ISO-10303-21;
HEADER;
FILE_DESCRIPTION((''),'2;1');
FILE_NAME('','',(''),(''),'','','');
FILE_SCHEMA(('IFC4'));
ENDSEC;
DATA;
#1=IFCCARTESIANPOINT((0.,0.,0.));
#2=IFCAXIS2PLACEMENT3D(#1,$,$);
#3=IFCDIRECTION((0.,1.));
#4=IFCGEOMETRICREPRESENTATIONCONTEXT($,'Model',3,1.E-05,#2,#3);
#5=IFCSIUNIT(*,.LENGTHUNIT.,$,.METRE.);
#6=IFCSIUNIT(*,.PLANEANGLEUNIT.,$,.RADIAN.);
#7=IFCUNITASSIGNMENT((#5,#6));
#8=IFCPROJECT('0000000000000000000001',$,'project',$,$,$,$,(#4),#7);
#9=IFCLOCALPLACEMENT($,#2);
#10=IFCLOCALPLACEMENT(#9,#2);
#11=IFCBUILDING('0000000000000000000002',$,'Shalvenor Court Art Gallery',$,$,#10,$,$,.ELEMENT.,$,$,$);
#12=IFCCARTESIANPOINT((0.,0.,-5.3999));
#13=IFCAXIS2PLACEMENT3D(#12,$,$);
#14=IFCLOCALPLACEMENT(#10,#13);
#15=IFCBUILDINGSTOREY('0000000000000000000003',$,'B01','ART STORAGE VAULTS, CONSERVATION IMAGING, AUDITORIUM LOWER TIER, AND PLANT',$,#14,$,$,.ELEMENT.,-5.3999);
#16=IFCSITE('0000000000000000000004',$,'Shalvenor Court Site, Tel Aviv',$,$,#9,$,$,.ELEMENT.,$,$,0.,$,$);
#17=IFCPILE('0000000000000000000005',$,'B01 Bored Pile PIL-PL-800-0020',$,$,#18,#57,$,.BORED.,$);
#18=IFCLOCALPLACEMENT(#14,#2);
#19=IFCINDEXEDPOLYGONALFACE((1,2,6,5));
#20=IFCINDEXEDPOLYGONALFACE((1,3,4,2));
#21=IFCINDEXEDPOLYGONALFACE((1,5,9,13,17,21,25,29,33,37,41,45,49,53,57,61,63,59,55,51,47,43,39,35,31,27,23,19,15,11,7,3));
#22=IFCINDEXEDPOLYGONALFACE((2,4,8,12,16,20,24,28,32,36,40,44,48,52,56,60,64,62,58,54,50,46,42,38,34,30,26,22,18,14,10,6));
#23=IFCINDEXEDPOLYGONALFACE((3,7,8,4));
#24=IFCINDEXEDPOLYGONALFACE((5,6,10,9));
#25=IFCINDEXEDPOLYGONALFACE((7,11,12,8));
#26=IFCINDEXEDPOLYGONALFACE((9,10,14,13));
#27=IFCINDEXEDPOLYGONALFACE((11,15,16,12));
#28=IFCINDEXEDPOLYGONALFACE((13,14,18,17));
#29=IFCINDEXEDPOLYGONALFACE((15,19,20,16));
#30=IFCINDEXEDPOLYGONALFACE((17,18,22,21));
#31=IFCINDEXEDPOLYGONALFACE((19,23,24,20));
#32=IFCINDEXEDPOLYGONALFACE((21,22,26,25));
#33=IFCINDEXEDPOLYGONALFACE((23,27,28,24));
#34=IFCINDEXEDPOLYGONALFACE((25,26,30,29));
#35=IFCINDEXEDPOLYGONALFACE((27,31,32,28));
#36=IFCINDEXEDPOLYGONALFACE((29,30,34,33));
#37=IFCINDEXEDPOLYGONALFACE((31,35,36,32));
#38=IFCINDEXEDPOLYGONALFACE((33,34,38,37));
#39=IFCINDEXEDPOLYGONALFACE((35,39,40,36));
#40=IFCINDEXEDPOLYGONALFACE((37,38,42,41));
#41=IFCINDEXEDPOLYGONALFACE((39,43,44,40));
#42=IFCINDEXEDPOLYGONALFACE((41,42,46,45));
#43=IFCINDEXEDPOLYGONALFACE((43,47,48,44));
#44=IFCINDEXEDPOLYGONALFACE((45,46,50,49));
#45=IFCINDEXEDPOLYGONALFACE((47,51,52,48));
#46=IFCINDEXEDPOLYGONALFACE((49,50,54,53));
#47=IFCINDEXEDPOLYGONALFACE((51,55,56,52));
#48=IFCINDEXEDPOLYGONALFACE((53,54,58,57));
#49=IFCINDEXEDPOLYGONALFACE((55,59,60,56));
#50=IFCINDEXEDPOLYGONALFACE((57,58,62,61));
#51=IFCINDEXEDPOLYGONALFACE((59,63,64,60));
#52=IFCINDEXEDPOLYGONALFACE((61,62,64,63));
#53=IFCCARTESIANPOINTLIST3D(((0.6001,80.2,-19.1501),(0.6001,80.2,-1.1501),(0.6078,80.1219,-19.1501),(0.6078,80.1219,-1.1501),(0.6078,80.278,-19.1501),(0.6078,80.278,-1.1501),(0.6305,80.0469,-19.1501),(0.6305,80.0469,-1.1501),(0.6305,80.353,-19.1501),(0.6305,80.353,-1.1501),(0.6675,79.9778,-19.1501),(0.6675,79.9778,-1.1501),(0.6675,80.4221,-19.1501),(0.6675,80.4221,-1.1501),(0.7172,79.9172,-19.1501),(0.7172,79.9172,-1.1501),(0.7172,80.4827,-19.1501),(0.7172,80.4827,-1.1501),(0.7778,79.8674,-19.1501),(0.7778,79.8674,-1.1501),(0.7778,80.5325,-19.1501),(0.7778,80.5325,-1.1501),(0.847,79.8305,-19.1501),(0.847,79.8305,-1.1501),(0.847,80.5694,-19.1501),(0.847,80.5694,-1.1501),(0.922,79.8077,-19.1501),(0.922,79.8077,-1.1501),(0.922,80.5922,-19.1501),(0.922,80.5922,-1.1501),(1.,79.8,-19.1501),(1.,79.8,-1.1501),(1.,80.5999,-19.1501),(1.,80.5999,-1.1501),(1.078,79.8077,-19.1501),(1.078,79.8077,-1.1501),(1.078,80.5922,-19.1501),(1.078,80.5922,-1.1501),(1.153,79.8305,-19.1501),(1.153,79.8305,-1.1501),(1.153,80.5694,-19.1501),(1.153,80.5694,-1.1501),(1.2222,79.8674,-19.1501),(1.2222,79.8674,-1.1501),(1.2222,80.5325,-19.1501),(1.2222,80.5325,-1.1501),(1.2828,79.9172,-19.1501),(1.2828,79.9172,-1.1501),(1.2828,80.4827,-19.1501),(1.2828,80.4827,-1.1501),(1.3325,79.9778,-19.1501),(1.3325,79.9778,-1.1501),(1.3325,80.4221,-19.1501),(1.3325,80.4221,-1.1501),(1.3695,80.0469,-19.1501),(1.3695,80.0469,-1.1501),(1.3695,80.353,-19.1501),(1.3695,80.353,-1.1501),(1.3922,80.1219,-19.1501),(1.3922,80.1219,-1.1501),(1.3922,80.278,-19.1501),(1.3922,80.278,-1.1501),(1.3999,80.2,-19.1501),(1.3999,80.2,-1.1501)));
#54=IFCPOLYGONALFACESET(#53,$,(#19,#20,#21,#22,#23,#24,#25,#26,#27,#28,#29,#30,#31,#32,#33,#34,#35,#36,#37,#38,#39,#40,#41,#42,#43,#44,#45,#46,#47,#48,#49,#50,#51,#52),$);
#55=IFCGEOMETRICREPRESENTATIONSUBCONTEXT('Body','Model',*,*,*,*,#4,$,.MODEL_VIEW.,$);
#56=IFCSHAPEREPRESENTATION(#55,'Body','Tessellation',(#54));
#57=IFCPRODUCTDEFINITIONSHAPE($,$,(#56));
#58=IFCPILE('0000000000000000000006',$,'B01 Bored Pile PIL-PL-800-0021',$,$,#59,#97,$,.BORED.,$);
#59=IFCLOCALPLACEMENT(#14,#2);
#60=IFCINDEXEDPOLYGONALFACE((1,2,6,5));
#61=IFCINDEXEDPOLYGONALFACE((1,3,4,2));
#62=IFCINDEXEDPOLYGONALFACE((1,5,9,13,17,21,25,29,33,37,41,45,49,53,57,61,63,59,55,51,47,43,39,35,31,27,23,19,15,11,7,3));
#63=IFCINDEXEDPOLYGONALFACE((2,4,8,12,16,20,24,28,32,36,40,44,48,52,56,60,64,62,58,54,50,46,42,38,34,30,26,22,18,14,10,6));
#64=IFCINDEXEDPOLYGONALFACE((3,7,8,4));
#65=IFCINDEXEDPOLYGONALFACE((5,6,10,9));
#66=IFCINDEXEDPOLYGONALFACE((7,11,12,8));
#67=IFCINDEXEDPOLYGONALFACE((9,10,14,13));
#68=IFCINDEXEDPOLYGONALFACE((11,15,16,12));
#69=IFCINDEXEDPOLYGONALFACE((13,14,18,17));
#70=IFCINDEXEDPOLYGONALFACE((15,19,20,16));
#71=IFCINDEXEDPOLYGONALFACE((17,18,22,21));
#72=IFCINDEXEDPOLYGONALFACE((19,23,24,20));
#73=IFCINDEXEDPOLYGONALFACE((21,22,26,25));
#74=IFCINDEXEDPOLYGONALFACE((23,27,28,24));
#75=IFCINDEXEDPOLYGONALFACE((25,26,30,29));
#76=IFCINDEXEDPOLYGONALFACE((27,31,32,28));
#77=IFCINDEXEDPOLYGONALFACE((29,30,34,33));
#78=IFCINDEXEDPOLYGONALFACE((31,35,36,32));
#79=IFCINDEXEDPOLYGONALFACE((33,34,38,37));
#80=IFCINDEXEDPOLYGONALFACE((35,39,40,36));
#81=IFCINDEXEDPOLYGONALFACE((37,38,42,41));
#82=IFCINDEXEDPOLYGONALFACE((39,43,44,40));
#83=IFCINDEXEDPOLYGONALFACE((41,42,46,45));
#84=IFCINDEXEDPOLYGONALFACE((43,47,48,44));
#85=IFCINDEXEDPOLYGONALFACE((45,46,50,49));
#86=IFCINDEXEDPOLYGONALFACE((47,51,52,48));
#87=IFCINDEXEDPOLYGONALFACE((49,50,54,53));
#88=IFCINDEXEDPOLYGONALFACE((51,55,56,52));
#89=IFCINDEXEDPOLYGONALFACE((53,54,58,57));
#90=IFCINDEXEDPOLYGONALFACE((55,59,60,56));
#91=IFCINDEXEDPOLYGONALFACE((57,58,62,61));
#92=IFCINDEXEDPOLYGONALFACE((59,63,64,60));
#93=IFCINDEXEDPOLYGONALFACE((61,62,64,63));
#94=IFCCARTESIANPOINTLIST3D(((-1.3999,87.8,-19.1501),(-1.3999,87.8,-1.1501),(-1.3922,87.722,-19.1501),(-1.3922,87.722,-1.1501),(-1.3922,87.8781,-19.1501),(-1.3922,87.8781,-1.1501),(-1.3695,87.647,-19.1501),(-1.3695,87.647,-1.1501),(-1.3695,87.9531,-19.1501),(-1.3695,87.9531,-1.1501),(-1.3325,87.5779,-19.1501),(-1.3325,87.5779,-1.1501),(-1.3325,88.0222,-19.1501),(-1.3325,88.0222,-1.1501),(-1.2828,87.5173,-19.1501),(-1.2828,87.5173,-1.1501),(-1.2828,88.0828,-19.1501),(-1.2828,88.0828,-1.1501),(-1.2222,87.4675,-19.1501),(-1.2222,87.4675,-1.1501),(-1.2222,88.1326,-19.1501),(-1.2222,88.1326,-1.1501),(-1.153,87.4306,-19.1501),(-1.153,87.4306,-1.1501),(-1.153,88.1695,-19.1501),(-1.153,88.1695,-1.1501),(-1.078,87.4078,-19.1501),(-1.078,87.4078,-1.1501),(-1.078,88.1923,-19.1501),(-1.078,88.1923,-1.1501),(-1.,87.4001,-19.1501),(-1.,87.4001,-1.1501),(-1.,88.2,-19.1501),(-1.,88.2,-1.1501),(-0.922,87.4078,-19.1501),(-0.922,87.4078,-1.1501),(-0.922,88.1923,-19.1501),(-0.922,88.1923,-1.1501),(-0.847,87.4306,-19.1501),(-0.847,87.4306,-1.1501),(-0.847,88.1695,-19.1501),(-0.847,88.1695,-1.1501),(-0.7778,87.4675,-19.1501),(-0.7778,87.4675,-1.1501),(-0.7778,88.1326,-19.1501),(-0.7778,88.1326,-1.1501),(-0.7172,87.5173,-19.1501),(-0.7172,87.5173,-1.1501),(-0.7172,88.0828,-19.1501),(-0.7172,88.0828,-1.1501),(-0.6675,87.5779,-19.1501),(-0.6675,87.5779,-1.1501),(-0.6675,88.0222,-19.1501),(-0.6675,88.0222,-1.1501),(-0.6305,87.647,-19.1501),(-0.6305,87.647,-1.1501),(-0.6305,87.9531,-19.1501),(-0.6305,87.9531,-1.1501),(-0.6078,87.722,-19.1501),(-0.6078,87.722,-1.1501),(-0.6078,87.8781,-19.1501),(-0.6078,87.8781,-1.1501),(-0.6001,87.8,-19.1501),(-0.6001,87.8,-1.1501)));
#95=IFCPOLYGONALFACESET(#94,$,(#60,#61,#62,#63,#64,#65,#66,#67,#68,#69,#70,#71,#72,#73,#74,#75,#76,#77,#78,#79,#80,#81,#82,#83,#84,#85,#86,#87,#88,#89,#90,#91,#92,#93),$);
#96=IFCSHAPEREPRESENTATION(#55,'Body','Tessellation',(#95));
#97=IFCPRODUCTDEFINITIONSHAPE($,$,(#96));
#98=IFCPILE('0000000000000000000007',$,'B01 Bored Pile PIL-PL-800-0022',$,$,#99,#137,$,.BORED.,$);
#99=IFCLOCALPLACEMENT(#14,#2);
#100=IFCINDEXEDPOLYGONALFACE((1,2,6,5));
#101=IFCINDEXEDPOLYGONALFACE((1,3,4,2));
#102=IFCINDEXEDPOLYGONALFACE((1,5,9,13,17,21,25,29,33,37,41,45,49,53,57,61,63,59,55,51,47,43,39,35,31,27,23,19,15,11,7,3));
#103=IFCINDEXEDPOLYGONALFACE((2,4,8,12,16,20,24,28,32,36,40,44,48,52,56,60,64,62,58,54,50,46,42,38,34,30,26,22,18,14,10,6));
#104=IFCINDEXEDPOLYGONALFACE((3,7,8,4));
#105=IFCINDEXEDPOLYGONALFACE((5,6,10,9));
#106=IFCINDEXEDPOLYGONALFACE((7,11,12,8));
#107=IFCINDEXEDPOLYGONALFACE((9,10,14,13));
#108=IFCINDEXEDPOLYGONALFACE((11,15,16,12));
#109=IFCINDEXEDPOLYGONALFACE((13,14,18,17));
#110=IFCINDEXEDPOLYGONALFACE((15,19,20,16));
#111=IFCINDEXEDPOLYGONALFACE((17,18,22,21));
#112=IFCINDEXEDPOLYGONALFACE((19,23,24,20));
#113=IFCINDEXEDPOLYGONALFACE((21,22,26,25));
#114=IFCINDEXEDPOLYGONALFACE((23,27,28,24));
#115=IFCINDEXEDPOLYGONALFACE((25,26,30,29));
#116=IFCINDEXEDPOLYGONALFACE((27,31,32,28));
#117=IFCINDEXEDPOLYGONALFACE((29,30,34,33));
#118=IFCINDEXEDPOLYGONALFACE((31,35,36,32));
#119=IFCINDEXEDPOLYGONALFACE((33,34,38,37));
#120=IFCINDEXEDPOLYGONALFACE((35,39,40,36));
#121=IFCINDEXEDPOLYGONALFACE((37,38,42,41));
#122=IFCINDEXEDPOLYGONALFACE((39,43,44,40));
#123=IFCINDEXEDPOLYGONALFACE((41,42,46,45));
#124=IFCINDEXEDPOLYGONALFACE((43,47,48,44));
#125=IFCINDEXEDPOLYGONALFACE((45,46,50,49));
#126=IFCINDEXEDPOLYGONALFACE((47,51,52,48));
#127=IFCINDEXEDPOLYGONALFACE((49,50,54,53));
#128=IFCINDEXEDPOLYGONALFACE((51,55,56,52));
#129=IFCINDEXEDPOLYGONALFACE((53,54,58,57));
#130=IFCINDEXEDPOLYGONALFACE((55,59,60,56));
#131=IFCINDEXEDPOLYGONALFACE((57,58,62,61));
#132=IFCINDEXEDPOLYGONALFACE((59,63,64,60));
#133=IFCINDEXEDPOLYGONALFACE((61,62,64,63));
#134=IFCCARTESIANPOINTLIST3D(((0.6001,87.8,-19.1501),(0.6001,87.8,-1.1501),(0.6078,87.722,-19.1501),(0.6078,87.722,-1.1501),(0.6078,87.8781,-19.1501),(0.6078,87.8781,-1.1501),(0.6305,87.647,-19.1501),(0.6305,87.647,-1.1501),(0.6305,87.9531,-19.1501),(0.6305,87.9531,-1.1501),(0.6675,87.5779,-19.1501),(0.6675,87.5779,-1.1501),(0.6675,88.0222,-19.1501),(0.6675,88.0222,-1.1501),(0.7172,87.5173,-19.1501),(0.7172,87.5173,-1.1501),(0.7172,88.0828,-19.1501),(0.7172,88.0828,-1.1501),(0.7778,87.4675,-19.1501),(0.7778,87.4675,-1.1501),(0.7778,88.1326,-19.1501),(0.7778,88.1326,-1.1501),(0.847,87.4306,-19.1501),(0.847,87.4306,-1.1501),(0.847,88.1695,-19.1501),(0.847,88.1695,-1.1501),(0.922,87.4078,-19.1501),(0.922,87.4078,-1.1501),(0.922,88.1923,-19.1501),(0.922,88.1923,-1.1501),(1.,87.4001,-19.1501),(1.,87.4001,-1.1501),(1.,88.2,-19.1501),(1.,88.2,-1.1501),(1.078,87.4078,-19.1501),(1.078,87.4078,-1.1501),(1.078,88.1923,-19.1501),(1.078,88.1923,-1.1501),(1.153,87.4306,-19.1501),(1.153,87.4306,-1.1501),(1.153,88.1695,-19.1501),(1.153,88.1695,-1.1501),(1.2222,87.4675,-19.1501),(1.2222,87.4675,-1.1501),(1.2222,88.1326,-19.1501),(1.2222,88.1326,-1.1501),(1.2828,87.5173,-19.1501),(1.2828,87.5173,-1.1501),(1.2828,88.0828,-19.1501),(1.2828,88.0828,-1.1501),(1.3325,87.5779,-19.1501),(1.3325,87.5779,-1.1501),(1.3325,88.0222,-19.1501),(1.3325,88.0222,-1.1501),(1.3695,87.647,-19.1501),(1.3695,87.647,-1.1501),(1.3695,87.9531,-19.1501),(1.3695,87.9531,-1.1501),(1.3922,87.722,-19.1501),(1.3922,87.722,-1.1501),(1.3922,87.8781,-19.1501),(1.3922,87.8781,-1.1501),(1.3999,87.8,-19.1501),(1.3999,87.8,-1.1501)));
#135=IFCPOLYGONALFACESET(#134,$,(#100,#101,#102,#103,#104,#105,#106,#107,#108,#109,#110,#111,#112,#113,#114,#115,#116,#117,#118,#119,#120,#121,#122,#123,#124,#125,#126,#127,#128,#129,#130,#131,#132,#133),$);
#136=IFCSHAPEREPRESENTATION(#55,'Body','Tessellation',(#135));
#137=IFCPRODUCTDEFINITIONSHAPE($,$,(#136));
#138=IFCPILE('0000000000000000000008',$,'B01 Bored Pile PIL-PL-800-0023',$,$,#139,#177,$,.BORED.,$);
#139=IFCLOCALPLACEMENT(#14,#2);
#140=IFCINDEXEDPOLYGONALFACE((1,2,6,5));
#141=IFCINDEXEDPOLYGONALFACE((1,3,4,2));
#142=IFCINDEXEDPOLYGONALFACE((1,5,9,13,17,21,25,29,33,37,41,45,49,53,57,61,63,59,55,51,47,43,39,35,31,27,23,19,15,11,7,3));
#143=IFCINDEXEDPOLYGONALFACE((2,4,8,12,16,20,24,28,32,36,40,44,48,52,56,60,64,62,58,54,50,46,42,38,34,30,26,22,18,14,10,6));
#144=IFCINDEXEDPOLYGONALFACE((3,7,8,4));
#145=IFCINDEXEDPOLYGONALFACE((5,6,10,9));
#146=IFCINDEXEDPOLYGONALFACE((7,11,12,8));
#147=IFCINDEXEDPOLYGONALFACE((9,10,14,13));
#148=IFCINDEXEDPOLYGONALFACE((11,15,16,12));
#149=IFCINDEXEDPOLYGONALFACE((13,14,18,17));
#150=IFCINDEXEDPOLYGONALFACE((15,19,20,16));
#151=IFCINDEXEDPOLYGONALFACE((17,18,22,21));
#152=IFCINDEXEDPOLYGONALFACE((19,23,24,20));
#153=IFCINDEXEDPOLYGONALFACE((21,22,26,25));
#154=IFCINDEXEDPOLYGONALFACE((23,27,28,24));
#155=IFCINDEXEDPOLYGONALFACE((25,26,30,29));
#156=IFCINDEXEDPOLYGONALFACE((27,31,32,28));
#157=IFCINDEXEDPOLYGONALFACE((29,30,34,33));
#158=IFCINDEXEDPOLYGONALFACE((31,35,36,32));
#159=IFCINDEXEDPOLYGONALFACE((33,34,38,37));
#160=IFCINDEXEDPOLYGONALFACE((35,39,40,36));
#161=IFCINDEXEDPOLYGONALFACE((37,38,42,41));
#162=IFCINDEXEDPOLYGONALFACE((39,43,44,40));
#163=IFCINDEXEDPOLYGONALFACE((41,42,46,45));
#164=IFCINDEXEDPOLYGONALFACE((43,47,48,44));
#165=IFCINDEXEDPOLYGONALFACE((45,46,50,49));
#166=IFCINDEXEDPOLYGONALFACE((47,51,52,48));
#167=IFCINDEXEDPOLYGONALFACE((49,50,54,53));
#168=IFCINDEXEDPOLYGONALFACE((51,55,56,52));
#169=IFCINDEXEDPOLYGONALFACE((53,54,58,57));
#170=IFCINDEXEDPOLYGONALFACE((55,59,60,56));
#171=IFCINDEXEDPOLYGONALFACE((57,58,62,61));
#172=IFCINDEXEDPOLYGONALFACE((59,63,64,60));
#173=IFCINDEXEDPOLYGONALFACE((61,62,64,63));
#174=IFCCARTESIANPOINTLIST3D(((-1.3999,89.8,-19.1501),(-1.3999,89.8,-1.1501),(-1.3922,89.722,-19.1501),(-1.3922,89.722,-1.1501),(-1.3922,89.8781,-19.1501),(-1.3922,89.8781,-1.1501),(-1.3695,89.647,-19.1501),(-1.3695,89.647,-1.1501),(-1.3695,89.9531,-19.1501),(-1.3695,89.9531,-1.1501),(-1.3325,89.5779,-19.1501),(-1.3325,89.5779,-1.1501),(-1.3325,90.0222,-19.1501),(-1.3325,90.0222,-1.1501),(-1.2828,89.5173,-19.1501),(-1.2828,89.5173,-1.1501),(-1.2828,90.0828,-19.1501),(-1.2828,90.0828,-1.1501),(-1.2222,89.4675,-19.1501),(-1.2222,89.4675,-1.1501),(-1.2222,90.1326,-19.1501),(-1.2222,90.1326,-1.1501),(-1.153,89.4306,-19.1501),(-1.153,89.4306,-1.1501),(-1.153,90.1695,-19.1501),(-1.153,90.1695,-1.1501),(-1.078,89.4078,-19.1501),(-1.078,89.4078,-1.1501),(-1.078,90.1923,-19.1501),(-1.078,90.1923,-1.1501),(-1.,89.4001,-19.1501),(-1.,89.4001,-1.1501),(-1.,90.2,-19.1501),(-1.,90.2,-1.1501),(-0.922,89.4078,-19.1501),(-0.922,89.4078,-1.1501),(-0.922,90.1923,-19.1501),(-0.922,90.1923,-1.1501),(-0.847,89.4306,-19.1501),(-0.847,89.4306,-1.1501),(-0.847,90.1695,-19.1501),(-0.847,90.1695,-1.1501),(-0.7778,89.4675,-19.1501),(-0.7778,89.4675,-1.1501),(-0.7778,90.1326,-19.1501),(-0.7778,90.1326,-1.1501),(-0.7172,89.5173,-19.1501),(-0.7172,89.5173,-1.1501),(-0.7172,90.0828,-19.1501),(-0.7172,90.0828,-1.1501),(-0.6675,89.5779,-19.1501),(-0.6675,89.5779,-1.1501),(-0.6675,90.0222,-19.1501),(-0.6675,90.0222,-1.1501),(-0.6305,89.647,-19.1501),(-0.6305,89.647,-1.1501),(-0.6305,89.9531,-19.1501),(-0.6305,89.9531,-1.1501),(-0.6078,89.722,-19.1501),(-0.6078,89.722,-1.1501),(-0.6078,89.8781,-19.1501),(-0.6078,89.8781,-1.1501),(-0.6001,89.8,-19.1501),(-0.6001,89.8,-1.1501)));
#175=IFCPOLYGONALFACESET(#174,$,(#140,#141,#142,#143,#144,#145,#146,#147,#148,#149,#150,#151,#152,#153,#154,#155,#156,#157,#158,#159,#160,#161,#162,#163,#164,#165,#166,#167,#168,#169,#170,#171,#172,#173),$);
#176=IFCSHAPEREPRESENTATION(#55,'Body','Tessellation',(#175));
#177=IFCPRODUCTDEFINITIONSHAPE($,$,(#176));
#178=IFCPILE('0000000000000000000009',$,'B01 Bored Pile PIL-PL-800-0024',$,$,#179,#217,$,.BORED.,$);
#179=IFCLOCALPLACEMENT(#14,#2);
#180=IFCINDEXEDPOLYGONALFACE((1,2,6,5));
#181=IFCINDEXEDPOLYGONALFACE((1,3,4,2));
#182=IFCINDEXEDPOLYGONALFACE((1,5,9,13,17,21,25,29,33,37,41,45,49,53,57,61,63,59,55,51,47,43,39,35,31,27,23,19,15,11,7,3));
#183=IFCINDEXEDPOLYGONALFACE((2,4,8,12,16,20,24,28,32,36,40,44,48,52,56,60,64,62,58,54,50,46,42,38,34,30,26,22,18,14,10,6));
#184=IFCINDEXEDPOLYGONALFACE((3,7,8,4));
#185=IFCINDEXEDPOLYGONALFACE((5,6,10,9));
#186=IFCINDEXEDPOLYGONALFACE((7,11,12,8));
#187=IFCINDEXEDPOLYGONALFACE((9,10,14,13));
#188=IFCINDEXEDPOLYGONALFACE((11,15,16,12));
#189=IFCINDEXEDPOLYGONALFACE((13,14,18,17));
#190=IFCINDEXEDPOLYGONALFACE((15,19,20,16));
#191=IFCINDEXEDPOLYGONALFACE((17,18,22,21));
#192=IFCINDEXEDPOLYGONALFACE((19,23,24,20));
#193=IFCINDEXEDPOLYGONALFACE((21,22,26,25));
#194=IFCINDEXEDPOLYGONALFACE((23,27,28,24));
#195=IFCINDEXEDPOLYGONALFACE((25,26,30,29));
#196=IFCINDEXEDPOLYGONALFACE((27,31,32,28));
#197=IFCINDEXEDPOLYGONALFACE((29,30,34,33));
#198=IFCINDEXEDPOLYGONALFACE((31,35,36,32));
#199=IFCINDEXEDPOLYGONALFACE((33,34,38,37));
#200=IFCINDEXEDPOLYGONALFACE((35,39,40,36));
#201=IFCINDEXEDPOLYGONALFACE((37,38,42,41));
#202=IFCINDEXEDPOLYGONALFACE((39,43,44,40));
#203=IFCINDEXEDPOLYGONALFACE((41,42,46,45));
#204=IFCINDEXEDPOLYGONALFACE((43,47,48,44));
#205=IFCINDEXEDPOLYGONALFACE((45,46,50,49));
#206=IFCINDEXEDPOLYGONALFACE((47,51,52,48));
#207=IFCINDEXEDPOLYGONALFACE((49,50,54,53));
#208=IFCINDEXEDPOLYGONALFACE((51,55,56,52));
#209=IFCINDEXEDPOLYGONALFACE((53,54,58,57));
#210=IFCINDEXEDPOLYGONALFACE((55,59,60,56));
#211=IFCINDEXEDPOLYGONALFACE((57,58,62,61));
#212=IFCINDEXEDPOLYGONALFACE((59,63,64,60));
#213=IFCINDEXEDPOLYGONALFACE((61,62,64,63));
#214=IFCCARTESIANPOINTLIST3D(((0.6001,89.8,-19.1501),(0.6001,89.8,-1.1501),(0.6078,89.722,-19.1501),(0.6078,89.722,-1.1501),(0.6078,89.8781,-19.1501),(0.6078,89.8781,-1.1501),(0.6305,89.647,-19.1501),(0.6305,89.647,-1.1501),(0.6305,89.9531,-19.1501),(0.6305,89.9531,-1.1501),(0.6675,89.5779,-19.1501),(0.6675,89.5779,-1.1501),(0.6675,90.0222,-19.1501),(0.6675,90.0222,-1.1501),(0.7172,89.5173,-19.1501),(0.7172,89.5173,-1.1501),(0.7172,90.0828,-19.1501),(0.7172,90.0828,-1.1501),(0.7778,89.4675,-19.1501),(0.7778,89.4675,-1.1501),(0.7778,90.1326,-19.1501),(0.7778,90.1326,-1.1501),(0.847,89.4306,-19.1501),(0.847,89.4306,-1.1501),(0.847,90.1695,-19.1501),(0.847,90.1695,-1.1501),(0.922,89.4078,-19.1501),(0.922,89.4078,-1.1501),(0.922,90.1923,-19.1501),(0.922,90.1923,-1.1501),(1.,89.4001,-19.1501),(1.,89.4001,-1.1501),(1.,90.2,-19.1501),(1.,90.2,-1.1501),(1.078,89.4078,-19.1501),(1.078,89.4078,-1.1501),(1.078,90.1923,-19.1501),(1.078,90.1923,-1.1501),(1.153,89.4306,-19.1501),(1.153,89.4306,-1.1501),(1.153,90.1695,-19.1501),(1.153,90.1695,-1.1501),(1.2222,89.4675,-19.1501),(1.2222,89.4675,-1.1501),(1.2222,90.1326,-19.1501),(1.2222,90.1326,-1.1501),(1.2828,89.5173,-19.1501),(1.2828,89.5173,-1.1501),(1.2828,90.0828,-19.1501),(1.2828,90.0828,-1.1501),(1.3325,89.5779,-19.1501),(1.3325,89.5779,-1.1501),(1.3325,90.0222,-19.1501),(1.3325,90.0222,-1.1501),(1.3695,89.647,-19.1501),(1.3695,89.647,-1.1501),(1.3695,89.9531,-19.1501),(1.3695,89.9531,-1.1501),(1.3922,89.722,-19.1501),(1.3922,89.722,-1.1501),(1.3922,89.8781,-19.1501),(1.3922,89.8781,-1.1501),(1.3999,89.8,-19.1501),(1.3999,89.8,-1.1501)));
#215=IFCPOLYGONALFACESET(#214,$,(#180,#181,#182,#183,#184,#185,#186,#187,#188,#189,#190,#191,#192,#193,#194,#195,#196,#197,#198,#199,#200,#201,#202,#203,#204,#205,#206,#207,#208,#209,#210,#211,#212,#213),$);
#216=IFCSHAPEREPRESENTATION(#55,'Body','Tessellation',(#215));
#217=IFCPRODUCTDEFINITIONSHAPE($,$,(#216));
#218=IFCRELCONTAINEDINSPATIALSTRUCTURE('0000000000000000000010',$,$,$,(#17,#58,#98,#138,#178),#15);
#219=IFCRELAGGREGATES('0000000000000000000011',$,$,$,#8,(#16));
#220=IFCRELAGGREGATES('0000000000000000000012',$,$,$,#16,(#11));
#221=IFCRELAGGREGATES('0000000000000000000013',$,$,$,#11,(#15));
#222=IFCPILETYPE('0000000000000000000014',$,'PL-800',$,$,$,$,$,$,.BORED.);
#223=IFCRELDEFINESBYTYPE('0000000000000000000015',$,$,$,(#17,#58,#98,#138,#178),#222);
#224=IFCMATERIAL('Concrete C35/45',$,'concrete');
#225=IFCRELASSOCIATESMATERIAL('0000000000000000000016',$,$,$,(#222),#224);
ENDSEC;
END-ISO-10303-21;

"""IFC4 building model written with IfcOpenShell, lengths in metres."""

from ifc_helpers import new_model, si_unit, direction, frame, origin, origin_2d, place, context, subcontext, project, spatial, circle, extrude, material, material_profile, profile_set, type_object, element, save


model = new_model("IFC4")

# Units and contexts
model_context = context("Model", 3, precision=1e-05, world=origin(), true_north=direction((0.0, 1.0)))
body_context = subcontext(model_context, "Body", "Model", "MODEL_VIEW")
ifc_project = project(units=[si_unit("LENGTHUNIT", "METRE"), si_unit("PLANEANGLEUNIT", "RADIAN")], contexts=[model_context])

# Site, building, storey
site_placement = place(None, origin())
site = spatial("IfcSite", under=ifc_project, at=site_placement, Name="Shalvenor Court Site, Tel Aviv", CompositionType="ELEMENT", RefElevation=0.0)
building_placement = place(site_placement, origin())
building = spatial("IfcBuilding", under=site, at=building_placement, Name="Shalvenor Court Art Gallery", CompositionType="ELEMENT")
storey_placement = place(building_placement, frame((0.0, 0.0, -5.3999)))
storey = spatial("IfcBuildingStorey", under=building, at=storey_placement, Name="B01", Description="ART STORAGE VAULTS, CONSERVATION IMAGING, AUDITORIUM LOWER TIER, AND PLANT", CompositionType="ELEMENT", Elevation=-5.3999)

# Piles
ifc_material_1 = material(Name="Concrete C35/45", Category="concrete")
ifc_material_profile_1 = material_profile(ifc_material_1, circle(Radius=0.3999, at=origin_2d()), Name="PILE 800")
ifc_profile_set_1 = profile_set([ifc_material_profile_1], Name="Concrete C35/45")
pile_type_1 = type_object("IfcPileType", Name="PL-800", PredefinedType="BORED", material=ifc_profile_set_1)
for number, where, z_axis, x_axis, name in (
    (1, (1.0, 80.2, -1.1501), (0.0, 0.0, -1.0), (1.0, 0.0, 0.0), "B01 Bored Pile PIL-PL-800-0020"),
    (2, (-1.0, 87.8, -1.1501), (0.0, 0.0, -1.0), (1.0, 0.0, 0.0), "B01 Bored Pile PIL-PL-800-0021"),
    (3, (1.0, 87.8, -1.1501), (0.0, 0.0, -1.0), (1.0, 0.0, 0.0), "B01 Bored Pile PIL-PL-800-0022"),
    (4, (-1.0, 89.8, -1.1501), (0.0, 0.0, -1.0), (1.0, 0.0, 0.0), "B01 Bored Pile PIL-PL-800-0023"),
    (5, (1.0, 89.8, -1.1501), (0.0, 0.0, -1.0), (1.0, 0.0, 0.0), "B01 Bored Pile PIL-PL-800-0024"),
):
    element("IfcPile", number, at=place(storey_placement, frame(where, z_axis=z_axis, x_axis=x_axis)), inside=storey, type_object=pile_type_1, Name=name, PredefinedType="BORED", context=body_context, shape_type="SweptSolid", body=[
        extrude(circle(Radius=0.3999, at=origin_2d()), origin(), (0.0, 0.0, 1.0), 18.0),
    ])

save(model, "model.ifc")
